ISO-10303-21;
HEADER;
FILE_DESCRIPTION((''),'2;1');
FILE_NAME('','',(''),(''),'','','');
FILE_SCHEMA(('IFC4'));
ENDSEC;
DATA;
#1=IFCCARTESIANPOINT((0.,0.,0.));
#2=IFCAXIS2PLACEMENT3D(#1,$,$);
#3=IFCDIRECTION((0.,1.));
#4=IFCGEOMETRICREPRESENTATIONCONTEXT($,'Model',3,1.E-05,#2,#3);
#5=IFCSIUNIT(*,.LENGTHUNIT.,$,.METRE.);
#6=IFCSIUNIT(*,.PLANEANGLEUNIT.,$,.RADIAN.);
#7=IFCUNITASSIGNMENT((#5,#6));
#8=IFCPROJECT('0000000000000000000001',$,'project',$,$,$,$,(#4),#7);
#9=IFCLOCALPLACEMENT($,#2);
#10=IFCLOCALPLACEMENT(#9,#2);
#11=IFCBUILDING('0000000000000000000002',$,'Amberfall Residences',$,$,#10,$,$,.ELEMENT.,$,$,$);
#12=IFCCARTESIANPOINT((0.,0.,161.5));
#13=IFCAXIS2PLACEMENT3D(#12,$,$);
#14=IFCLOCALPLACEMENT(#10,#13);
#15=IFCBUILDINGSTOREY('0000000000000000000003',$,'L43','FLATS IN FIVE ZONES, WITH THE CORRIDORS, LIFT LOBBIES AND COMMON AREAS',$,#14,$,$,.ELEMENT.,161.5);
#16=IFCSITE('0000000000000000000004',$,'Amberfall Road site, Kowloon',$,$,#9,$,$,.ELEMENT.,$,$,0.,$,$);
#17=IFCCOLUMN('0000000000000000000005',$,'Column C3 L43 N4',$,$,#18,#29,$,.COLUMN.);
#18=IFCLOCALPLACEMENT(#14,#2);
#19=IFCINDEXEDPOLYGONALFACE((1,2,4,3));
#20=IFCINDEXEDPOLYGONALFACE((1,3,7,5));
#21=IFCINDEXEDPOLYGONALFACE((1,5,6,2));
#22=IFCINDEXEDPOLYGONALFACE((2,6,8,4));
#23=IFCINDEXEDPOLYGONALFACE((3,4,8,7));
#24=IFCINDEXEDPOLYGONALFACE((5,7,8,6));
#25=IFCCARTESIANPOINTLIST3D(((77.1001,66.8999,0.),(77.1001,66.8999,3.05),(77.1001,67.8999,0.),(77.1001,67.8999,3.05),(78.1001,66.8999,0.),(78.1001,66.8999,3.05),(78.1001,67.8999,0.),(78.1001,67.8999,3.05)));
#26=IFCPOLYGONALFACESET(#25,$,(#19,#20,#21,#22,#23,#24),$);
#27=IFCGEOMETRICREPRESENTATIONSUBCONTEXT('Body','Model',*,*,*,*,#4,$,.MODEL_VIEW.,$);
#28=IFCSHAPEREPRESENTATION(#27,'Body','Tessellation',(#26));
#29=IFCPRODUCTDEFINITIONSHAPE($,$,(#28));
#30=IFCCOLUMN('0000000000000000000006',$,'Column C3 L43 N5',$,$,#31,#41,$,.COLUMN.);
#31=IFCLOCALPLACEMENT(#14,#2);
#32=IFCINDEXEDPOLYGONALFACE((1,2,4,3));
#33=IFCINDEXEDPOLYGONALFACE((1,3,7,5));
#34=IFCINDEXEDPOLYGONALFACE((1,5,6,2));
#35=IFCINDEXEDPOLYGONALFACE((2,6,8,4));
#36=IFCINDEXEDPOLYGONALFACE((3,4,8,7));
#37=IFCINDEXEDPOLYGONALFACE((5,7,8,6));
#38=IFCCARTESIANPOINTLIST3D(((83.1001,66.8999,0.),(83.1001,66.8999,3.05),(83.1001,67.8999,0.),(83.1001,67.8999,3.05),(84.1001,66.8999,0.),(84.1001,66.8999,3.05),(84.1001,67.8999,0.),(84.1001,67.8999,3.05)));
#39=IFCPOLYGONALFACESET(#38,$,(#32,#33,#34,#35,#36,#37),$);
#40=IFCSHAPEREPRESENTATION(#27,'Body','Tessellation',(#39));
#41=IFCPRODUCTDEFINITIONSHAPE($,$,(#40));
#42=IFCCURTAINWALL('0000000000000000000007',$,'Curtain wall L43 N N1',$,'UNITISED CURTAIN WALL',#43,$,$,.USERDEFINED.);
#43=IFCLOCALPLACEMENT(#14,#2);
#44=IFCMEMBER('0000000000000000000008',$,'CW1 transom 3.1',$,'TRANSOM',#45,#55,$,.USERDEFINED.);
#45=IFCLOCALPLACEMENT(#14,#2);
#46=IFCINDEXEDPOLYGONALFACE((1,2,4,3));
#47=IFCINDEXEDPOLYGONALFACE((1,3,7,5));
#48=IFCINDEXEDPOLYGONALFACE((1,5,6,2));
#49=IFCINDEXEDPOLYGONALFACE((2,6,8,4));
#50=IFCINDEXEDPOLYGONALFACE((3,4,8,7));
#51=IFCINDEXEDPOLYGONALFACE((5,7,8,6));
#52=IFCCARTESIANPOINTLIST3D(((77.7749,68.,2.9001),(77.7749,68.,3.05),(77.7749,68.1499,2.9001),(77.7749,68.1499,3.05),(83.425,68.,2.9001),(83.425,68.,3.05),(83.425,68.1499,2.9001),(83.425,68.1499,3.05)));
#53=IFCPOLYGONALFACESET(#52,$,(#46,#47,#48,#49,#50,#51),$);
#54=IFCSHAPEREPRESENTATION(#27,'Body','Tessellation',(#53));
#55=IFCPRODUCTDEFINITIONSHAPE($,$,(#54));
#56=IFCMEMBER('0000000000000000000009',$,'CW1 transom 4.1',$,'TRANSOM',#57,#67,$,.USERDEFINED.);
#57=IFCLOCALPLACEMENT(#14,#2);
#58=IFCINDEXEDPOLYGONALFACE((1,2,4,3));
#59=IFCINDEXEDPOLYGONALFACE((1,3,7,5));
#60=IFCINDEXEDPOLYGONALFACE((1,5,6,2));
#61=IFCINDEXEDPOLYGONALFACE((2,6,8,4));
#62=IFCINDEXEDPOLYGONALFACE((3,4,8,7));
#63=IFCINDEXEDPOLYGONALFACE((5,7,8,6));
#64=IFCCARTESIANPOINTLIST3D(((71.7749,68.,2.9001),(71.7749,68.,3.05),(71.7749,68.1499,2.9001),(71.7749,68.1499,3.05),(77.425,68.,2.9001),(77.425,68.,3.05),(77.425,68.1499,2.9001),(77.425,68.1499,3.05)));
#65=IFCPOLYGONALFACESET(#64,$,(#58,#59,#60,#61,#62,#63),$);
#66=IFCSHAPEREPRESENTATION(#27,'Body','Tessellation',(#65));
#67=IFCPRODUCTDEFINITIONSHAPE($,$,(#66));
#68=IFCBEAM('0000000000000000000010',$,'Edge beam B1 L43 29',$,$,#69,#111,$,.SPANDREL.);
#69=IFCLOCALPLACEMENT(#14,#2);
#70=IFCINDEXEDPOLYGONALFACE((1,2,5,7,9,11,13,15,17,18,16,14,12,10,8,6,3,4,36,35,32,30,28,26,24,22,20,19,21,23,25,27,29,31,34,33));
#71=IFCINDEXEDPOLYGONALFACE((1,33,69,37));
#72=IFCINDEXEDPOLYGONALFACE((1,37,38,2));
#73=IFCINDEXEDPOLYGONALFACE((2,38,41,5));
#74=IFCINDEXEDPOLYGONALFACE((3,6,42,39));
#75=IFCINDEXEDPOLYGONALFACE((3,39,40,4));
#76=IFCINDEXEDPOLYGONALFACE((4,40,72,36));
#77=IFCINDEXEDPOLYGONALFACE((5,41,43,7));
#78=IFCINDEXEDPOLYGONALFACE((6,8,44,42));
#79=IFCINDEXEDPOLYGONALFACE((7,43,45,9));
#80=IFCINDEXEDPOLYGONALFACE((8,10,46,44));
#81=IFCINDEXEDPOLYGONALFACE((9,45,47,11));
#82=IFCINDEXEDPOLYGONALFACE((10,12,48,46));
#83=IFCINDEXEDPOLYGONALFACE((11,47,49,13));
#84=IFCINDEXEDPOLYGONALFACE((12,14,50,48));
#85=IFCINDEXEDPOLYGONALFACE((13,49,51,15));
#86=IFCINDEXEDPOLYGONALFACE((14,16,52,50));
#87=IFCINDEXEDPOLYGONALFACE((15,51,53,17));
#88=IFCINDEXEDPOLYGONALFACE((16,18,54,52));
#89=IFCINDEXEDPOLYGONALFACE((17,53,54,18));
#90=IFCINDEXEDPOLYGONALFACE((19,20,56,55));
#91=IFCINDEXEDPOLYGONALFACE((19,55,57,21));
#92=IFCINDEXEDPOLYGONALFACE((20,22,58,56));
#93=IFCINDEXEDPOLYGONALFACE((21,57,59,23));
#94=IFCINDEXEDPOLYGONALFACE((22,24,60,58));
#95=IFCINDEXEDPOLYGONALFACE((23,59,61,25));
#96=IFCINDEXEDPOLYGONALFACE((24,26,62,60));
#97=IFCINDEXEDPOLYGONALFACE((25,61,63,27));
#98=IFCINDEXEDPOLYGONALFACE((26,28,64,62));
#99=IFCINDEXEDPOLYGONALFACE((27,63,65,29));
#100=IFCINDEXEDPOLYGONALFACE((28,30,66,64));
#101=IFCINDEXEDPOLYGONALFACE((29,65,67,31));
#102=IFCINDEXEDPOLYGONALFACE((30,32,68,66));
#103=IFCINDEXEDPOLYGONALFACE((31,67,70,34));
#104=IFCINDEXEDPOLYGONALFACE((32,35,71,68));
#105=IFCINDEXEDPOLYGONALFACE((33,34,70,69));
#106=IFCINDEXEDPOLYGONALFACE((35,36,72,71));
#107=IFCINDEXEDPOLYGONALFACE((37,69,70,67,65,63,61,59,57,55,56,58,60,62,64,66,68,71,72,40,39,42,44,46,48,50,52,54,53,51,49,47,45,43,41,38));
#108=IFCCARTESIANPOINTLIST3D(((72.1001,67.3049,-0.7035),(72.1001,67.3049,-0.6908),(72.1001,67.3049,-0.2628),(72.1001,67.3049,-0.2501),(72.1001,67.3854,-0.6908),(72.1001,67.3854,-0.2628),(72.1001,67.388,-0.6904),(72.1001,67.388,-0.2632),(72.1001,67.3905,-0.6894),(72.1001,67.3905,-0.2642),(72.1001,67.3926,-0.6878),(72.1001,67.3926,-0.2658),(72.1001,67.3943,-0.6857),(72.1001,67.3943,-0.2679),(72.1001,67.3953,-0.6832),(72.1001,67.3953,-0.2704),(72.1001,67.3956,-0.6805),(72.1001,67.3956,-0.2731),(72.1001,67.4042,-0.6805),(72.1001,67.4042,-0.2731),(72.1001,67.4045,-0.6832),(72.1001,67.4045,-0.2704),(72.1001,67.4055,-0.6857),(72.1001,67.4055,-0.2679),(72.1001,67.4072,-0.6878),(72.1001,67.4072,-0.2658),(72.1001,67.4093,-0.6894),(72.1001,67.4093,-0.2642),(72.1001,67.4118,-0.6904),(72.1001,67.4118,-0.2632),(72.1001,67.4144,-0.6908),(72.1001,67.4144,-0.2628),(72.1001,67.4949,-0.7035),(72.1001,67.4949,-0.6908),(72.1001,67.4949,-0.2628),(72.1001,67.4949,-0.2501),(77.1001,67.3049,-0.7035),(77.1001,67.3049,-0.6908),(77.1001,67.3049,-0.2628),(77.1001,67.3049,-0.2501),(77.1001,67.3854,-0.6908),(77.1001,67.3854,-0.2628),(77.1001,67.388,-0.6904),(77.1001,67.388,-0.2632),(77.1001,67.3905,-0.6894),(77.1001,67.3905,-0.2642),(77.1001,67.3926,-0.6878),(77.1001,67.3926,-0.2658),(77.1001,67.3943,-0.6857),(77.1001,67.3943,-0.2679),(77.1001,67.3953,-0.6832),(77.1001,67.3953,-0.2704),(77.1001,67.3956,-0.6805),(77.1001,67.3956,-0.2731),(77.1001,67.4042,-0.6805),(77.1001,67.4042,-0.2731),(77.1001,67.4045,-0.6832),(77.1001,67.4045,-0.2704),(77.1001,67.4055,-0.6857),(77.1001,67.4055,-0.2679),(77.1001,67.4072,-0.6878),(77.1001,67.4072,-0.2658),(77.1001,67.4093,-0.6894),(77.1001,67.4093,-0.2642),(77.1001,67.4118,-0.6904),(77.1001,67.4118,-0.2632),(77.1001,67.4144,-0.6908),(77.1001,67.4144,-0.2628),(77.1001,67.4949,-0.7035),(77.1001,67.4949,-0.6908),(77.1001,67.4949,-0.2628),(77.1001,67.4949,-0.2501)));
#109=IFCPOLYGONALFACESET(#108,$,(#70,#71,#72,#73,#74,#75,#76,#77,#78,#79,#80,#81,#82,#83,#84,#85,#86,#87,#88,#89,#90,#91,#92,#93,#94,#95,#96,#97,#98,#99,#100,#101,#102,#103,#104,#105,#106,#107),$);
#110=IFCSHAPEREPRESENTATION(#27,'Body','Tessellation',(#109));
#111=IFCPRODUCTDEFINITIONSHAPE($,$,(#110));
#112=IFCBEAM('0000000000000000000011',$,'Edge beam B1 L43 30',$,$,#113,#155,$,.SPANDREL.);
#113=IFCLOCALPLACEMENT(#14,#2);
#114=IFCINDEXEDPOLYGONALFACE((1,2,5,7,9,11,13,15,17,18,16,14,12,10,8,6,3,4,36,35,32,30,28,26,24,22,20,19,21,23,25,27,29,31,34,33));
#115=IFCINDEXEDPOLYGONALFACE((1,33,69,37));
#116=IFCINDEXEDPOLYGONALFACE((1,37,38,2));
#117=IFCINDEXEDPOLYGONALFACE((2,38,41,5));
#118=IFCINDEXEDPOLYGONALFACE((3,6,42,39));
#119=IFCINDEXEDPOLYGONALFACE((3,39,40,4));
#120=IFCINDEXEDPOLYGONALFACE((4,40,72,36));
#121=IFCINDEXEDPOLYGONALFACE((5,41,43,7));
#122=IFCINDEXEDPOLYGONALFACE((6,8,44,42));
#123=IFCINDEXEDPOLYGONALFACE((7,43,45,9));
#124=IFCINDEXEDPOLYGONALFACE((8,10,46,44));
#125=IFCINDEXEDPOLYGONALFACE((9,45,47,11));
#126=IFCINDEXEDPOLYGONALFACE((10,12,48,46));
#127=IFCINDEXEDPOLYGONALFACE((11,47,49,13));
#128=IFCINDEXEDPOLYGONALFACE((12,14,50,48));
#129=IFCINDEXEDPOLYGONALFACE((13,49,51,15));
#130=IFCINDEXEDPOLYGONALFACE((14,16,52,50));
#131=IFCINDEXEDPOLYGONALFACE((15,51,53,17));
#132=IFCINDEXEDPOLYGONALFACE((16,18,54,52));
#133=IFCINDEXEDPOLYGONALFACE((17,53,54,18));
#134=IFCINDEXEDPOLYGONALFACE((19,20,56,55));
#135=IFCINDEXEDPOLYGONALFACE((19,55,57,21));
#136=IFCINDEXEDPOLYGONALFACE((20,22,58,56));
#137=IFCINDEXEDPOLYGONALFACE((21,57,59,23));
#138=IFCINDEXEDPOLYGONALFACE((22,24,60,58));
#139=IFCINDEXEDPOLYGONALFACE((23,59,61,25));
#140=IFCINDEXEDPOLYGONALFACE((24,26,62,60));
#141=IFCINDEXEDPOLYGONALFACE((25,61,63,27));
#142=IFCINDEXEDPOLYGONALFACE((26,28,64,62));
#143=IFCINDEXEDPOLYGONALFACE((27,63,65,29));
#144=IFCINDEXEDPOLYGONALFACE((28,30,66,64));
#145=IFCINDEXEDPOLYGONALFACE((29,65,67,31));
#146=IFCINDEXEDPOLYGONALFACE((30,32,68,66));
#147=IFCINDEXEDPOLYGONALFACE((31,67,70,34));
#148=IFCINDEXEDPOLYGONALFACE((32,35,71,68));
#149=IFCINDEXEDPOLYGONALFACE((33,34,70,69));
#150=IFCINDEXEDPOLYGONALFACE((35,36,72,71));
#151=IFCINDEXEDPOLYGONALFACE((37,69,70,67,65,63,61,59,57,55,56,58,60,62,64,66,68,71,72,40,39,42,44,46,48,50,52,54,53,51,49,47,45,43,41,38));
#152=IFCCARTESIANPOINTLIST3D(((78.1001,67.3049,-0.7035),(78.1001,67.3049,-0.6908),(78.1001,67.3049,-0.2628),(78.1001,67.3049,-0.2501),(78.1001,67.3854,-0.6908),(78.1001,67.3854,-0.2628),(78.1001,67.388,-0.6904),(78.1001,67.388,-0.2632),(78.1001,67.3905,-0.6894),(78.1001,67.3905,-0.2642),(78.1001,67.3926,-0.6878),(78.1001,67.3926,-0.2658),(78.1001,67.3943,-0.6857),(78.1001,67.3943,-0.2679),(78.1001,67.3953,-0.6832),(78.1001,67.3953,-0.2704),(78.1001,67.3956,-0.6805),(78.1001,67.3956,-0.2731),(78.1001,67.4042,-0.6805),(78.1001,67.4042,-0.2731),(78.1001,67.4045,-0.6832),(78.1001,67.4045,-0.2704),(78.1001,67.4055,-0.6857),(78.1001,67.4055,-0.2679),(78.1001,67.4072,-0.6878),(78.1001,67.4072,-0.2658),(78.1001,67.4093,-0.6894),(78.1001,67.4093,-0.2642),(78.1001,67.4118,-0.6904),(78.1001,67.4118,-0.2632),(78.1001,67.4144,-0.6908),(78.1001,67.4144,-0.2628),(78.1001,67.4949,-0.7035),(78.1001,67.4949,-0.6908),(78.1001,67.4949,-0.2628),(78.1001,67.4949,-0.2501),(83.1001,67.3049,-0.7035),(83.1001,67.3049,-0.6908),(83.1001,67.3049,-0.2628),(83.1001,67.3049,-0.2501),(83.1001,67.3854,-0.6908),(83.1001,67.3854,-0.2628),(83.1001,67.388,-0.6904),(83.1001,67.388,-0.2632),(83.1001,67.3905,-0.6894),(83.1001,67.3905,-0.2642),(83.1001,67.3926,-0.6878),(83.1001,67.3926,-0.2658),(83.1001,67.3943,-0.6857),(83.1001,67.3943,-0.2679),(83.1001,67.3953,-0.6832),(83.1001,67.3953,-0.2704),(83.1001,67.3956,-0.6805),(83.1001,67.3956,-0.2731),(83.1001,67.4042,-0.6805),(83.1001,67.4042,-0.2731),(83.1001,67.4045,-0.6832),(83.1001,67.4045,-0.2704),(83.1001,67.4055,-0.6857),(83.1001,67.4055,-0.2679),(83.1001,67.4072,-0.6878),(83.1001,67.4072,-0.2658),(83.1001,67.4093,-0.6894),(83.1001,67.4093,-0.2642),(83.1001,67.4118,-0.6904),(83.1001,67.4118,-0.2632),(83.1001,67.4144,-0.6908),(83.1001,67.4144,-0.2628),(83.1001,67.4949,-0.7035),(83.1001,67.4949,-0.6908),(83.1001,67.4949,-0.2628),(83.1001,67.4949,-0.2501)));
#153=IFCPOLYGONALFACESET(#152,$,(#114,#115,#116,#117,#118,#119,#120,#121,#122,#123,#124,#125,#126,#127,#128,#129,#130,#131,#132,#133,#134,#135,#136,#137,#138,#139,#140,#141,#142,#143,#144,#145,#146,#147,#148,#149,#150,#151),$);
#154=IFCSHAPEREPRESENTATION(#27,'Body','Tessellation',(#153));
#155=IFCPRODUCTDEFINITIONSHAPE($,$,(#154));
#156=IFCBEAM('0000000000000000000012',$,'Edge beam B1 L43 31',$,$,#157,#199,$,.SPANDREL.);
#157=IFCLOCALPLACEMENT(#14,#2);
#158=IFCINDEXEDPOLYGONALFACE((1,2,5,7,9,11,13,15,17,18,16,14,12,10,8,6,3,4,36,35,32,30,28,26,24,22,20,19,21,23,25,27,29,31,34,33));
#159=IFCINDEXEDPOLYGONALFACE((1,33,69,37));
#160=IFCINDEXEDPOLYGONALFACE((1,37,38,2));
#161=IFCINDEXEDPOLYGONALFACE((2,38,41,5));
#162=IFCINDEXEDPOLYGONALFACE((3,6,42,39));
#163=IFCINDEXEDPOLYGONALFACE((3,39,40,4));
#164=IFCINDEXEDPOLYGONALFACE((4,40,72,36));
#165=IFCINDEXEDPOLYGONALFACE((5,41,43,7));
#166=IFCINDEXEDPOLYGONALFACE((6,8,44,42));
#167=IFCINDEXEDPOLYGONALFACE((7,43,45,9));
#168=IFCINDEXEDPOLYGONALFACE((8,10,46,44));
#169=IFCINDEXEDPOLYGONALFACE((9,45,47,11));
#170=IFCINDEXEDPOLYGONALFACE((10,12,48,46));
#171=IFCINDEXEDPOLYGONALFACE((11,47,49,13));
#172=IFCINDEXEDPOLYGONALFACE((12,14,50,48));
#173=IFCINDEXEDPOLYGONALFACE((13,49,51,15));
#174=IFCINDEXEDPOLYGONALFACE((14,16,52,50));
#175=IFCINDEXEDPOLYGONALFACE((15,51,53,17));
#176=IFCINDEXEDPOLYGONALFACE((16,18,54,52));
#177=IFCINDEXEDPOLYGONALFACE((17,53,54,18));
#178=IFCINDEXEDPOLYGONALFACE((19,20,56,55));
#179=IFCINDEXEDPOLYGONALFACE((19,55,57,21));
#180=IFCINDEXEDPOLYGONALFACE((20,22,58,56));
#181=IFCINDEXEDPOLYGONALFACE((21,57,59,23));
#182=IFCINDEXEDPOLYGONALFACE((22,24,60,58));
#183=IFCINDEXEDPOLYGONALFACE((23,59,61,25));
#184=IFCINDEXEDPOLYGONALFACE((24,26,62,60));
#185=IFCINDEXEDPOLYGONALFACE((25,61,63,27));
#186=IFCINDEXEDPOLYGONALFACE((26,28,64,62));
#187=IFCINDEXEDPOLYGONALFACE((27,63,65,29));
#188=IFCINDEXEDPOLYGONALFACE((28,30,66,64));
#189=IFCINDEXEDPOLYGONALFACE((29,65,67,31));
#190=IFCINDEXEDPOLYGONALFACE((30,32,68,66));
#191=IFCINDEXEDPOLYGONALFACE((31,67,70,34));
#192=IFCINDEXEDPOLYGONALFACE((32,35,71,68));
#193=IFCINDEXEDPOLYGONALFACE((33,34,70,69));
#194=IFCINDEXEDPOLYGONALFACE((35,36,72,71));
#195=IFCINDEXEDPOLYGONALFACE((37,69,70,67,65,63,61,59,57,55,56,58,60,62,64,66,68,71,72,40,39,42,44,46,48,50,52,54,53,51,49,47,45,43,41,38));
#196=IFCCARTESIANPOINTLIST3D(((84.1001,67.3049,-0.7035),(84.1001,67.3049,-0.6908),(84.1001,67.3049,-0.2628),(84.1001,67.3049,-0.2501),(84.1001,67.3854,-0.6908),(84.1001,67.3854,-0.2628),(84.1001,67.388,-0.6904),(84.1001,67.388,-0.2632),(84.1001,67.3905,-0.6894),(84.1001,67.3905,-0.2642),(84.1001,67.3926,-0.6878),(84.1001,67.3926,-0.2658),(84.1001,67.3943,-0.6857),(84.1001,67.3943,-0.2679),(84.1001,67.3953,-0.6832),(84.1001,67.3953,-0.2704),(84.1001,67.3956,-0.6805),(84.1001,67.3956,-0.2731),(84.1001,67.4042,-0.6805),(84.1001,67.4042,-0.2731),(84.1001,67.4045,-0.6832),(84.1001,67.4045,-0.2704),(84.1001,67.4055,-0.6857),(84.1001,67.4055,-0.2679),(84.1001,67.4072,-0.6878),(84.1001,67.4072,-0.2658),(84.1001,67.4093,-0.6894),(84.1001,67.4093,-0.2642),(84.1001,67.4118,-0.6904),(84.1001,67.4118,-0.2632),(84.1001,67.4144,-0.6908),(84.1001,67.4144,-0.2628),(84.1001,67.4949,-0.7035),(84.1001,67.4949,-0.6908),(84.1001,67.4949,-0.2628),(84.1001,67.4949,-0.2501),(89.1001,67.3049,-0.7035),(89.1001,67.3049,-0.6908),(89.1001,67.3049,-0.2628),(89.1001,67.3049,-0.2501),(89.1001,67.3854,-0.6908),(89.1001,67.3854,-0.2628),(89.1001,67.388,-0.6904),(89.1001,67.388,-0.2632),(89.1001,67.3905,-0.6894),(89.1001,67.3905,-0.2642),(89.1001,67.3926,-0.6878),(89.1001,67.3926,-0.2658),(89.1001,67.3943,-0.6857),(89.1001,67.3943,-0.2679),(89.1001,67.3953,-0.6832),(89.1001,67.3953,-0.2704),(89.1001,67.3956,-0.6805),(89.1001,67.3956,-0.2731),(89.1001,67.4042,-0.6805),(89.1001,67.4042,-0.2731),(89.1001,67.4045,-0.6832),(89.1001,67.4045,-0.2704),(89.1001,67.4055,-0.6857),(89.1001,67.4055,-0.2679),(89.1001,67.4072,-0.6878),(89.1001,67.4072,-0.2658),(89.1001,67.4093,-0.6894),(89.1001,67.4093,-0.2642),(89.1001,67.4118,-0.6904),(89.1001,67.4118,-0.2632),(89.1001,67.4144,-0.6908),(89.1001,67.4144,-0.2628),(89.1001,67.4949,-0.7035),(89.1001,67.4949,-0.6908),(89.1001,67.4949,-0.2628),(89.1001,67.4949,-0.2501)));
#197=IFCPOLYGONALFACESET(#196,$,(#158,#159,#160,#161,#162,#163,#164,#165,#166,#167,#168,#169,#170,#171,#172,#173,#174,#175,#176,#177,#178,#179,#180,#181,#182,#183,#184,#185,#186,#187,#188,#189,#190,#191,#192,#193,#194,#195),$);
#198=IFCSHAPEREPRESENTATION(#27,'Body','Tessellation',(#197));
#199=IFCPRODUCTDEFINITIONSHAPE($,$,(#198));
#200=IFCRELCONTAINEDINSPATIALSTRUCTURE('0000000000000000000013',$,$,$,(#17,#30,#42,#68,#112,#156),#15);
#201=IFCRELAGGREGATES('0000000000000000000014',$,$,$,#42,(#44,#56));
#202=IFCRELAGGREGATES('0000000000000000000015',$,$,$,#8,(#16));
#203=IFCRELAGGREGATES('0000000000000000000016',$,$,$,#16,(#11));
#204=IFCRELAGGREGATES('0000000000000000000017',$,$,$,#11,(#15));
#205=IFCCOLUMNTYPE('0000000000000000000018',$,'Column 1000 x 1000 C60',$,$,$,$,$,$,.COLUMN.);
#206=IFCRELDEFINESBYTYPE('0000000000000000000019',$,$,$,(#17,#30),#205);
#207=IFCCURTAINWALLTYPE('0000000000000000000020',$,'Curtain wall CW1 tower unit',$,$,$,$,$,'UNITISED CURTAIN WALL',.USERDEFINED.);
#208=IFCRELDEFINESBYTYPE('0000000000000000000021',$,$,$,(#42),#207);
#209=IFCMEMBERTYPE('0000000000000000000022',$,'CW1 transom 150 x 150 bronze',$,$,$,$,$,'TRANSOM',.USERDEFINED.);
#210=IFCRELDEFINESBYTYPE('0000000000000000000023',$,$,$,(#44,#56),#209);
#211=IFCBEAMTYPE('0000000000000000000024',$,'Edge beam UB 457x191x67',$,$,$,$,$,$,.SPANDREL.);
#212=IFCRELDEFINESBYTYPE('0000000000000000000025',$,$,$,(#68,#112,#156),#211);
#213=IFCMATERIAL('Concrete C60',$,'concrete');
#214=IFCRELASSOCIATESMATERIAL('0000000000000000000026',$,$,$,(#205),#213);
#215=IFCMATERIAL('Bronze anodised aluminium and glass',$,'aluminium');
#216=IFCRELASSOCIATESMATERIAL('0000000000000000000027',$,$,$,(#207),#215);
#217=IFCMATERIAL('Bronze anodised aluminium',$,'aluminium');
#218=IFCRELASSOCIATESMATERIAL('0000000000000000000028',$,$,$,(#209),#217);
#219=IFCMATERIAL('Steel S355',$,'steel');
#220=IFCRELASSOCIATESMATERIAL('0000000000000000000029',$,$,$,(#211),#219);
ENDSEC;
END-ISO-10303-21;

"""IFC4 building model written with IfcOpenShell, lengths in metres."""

from ifc_helpers import new_model, si_unit, direction, frame, origin, origin_2d, place, context, subcontext, project, spatial, rectangle, i_section, extrude, material, material_profile, profile_set, type_object, element, aggregate, save


model = new_model("IFC4")

# Units and contexts
model_context = context("Model", 3, precision=1e-05, world=origin(), true_north=direction((0.0, 1.0)))
body_context = subcontext(model_context, "Body", "Model", "MODEL_VIEW")
ifc_project = project(units=[si_unit("LENGTHUNIT", "METRE"), si_unit("PLANEANGLEUNIT", "RADIAN")], contexts=[model_context])

# Site, building, storey
site_placement = place(None, origin())
site = spatial("IfcSite", under=ifc_project, at=site_placement, Name="Amberfall Road site, Kowloon", CompositionType="ELEMENT", RefElevation=0.0)
building_placement = place(site_placement, origin())
building = spatial("IfcBuilding", under=site, at=building_placement, Name="Amberfall Residences", CompositionType="ELEMENT")
storey_placement = place(building_placement, frame((0.0, 0.0, 161.5)))
storey = spatial("IfcBuildingStorey", under=building, at=storey_placement, Name="L43", Description="FLATS IN FIVE ZONES, WITH THE CORRIDORS, LIFT LOBBIES AND COMMON AREAS", CompositionType="ELEMENT", Elevation=161.5)

# Columns
ifc_material_1 = material(Name="Concrete C60", Category="concrete")
ifc_material_profile_1 = material_profile(ifc_material_1, rectangle(XDim=1.0, YDim=1.0, at=origin_2d()), Name="Column 1000 x 1000 C60")
ifc_profile_set_1 = profile_set([ifc_material_profile_1], Name="Concrete C60")
column_type = type_object("IfcColumnType", Name="Column 1000 x 1000 C60", PredefinedType="COLUMN", material=ifc_profile_set_1)
for number, where, z_axis, x_axis, name in (
    (1, (77.6001, 67.3999, 0.0), (0.0, 0.0, 1.0), (1.0, 0.0, 0.0), "Column C3 L43 N4"),
    (2, (83.6001, 67.3999, 0.0), (0.0, 0.0, 1.0), (1.0, 0.0, 0.0), "Column C3 L43 N5"),
):
    element("IfcColumn", number, at=place(storey_placement, frame(where, z_axis=z_axis, x_axis=x_axis)), inside=storey, type_object=column_type, Name=name, PredefinedType="COLUMN", context=body_context, shape_type="SweptSolid", body=[
        extrude(rectangle(XDim=1.0, YDim=1.0, at=origin_2d()), origin(), (0.0, 0.0, 1.0), 3.05),
    ])

# Curtain wall, members
ifc_material_2 = material(Name="Bronze anodised aluminium and glass", Category="aluminium")
curtain_wall_type = type_object("IfcCurtainWallType", Name="Curtain wall CW1 tower unit", ElementType="UNITISED CURTAIN WALL", PredefinedType="USERDEFINED", material=ifc_material_2)
curtain_wall_placement = place(storey_placement, origin())
curtain_wall = element("IfcCurtainWall", 3, at=curtain_wall_placement, inside=storey, type_object=curtain_wall_type, Name="Curtain wall L43 N N1", ObjectType="UNITISED CURTAIN WALL", PredefinedType="USERDEFINED")
ifc_material_3 = material(Name="Bronze anodised aluminium", Category="aluminium")
ifc_material_profile_2 = material_profile(ifc_material_3, rectangle(XDim=0.1499, YDim=0.1499, at=origin_2d()), Name="CW1 transom 150 x 150 bronze")
ifc_profile_set_2 = profile_set([ifc_material_profile_2], Name="Bronze anodised aluminium")
member_type_1 = type_object("IfcMemberType", Name="CW1 transom 150 x 150 bronze", ElementType="TRANSOM", PredefinedType="USERDEFINED", material=ifc_profile_set_2)
member_1_placement = place(storey_placement, frame((83.425, 68.075, 2.9751), z_axis=(-1.0, 0.0, 0.0), x_axis=(0.0, -1.0, 0.0)))
member_1 = element("IfcMember", 4, at=member_1_placement, type_object=member_type_1, Name="CW1 transom 3.1", ObjectType="TRANSOM", PredefinedType="USERDEFINED", context=body_context, shape_type="SweptSolid", body=[
    extrude(rectangle(XDim=0.1499, YDim=0.1499, at=origin_2d()), origin(), (0.0, 0.0, 1.0), 5.6501),
])
member_2_placement = place(storey_placement, frame((77.425, 68.075, 2.9751), z_axis=(-1.0, 0.0, 0.0), x_axis=(0.0, -1.0, 0.0)))
member_2 = element("IfcMember", 5, at=member_2_placement, type_object=member_type_1, Name="CW1 transom 4.1", ObjectType="TRANSOM", PredefinedType="USERDEFINED", context=body_context, shape_type="SweptSolid", body=[
    extrude(rectangle(XDim=0.1499, YDim=0.1499, at=origin_2d()), origin(), (0.0, 0.0, 1.0), 5.6501),
])

# Beams
ifc_material_4 = material(Name="Steel S355", Category="steel")
ifc_material_profile_3 = material_profile(ifc_material_4, i_section(OverallWidth=0.1899, OverallDepth=0.4534, WebThickness=0.0085, FlangeThickness=0.0127, FilletRadius=0.0103, at=origin_2d()), Name="UB 457x191x67")
ifc_profile_set_3 = profile_set([ifc_material_profile_3], Name="Steel S355")
beam_type_1 = type_object("IfcBeamType", Name="Edge beam UB 457x191x67", PredefinedType="SPANDREL", material=ifc_profile_set_3)
for number, where, z_axis, x_axis, name in (
    (6, (72.1001, 67.3999, -0.4768), (1.0, 0.0, 0.0), (0.0, 1.0, 0.0), "Edge beam B1 L43 29"),
    (7, (78.1001, 67.3999, -0.4768), (1.0, 0.0, 0.0), (0.0, 1.0, 0.0), "Edge beam B1 L43 30"),
    (8, (84.1001, 67.3999, -0.4768), (1.0, 0.0, 0.0), (0.0, 1.0, 0.0), "Edge beam B1 L43 31"),
):
    element("IfcBeam", number, at=place(storey_placement, frame(where, z_axis=z_axis, x_axis=x_axis)), inside=storey, type_object=beam_type_1, Name=name, PredefinedType="SPANDREL", context=body_context, shape_type="SweptSolid", body=[
        extrude(i_section(OverallWidth=0.1899, OverallDepth=0.4534, WebThickness=0.0085, FlangeThickness=0.0127, FilletRadius=0.0103, at=origin_2d()), origin(), (0.0, 0.0, 1.0), 5.0),
    ])

aggregate(curtain_wall, [member_1, member_2])

save(model, "model.ifc")
